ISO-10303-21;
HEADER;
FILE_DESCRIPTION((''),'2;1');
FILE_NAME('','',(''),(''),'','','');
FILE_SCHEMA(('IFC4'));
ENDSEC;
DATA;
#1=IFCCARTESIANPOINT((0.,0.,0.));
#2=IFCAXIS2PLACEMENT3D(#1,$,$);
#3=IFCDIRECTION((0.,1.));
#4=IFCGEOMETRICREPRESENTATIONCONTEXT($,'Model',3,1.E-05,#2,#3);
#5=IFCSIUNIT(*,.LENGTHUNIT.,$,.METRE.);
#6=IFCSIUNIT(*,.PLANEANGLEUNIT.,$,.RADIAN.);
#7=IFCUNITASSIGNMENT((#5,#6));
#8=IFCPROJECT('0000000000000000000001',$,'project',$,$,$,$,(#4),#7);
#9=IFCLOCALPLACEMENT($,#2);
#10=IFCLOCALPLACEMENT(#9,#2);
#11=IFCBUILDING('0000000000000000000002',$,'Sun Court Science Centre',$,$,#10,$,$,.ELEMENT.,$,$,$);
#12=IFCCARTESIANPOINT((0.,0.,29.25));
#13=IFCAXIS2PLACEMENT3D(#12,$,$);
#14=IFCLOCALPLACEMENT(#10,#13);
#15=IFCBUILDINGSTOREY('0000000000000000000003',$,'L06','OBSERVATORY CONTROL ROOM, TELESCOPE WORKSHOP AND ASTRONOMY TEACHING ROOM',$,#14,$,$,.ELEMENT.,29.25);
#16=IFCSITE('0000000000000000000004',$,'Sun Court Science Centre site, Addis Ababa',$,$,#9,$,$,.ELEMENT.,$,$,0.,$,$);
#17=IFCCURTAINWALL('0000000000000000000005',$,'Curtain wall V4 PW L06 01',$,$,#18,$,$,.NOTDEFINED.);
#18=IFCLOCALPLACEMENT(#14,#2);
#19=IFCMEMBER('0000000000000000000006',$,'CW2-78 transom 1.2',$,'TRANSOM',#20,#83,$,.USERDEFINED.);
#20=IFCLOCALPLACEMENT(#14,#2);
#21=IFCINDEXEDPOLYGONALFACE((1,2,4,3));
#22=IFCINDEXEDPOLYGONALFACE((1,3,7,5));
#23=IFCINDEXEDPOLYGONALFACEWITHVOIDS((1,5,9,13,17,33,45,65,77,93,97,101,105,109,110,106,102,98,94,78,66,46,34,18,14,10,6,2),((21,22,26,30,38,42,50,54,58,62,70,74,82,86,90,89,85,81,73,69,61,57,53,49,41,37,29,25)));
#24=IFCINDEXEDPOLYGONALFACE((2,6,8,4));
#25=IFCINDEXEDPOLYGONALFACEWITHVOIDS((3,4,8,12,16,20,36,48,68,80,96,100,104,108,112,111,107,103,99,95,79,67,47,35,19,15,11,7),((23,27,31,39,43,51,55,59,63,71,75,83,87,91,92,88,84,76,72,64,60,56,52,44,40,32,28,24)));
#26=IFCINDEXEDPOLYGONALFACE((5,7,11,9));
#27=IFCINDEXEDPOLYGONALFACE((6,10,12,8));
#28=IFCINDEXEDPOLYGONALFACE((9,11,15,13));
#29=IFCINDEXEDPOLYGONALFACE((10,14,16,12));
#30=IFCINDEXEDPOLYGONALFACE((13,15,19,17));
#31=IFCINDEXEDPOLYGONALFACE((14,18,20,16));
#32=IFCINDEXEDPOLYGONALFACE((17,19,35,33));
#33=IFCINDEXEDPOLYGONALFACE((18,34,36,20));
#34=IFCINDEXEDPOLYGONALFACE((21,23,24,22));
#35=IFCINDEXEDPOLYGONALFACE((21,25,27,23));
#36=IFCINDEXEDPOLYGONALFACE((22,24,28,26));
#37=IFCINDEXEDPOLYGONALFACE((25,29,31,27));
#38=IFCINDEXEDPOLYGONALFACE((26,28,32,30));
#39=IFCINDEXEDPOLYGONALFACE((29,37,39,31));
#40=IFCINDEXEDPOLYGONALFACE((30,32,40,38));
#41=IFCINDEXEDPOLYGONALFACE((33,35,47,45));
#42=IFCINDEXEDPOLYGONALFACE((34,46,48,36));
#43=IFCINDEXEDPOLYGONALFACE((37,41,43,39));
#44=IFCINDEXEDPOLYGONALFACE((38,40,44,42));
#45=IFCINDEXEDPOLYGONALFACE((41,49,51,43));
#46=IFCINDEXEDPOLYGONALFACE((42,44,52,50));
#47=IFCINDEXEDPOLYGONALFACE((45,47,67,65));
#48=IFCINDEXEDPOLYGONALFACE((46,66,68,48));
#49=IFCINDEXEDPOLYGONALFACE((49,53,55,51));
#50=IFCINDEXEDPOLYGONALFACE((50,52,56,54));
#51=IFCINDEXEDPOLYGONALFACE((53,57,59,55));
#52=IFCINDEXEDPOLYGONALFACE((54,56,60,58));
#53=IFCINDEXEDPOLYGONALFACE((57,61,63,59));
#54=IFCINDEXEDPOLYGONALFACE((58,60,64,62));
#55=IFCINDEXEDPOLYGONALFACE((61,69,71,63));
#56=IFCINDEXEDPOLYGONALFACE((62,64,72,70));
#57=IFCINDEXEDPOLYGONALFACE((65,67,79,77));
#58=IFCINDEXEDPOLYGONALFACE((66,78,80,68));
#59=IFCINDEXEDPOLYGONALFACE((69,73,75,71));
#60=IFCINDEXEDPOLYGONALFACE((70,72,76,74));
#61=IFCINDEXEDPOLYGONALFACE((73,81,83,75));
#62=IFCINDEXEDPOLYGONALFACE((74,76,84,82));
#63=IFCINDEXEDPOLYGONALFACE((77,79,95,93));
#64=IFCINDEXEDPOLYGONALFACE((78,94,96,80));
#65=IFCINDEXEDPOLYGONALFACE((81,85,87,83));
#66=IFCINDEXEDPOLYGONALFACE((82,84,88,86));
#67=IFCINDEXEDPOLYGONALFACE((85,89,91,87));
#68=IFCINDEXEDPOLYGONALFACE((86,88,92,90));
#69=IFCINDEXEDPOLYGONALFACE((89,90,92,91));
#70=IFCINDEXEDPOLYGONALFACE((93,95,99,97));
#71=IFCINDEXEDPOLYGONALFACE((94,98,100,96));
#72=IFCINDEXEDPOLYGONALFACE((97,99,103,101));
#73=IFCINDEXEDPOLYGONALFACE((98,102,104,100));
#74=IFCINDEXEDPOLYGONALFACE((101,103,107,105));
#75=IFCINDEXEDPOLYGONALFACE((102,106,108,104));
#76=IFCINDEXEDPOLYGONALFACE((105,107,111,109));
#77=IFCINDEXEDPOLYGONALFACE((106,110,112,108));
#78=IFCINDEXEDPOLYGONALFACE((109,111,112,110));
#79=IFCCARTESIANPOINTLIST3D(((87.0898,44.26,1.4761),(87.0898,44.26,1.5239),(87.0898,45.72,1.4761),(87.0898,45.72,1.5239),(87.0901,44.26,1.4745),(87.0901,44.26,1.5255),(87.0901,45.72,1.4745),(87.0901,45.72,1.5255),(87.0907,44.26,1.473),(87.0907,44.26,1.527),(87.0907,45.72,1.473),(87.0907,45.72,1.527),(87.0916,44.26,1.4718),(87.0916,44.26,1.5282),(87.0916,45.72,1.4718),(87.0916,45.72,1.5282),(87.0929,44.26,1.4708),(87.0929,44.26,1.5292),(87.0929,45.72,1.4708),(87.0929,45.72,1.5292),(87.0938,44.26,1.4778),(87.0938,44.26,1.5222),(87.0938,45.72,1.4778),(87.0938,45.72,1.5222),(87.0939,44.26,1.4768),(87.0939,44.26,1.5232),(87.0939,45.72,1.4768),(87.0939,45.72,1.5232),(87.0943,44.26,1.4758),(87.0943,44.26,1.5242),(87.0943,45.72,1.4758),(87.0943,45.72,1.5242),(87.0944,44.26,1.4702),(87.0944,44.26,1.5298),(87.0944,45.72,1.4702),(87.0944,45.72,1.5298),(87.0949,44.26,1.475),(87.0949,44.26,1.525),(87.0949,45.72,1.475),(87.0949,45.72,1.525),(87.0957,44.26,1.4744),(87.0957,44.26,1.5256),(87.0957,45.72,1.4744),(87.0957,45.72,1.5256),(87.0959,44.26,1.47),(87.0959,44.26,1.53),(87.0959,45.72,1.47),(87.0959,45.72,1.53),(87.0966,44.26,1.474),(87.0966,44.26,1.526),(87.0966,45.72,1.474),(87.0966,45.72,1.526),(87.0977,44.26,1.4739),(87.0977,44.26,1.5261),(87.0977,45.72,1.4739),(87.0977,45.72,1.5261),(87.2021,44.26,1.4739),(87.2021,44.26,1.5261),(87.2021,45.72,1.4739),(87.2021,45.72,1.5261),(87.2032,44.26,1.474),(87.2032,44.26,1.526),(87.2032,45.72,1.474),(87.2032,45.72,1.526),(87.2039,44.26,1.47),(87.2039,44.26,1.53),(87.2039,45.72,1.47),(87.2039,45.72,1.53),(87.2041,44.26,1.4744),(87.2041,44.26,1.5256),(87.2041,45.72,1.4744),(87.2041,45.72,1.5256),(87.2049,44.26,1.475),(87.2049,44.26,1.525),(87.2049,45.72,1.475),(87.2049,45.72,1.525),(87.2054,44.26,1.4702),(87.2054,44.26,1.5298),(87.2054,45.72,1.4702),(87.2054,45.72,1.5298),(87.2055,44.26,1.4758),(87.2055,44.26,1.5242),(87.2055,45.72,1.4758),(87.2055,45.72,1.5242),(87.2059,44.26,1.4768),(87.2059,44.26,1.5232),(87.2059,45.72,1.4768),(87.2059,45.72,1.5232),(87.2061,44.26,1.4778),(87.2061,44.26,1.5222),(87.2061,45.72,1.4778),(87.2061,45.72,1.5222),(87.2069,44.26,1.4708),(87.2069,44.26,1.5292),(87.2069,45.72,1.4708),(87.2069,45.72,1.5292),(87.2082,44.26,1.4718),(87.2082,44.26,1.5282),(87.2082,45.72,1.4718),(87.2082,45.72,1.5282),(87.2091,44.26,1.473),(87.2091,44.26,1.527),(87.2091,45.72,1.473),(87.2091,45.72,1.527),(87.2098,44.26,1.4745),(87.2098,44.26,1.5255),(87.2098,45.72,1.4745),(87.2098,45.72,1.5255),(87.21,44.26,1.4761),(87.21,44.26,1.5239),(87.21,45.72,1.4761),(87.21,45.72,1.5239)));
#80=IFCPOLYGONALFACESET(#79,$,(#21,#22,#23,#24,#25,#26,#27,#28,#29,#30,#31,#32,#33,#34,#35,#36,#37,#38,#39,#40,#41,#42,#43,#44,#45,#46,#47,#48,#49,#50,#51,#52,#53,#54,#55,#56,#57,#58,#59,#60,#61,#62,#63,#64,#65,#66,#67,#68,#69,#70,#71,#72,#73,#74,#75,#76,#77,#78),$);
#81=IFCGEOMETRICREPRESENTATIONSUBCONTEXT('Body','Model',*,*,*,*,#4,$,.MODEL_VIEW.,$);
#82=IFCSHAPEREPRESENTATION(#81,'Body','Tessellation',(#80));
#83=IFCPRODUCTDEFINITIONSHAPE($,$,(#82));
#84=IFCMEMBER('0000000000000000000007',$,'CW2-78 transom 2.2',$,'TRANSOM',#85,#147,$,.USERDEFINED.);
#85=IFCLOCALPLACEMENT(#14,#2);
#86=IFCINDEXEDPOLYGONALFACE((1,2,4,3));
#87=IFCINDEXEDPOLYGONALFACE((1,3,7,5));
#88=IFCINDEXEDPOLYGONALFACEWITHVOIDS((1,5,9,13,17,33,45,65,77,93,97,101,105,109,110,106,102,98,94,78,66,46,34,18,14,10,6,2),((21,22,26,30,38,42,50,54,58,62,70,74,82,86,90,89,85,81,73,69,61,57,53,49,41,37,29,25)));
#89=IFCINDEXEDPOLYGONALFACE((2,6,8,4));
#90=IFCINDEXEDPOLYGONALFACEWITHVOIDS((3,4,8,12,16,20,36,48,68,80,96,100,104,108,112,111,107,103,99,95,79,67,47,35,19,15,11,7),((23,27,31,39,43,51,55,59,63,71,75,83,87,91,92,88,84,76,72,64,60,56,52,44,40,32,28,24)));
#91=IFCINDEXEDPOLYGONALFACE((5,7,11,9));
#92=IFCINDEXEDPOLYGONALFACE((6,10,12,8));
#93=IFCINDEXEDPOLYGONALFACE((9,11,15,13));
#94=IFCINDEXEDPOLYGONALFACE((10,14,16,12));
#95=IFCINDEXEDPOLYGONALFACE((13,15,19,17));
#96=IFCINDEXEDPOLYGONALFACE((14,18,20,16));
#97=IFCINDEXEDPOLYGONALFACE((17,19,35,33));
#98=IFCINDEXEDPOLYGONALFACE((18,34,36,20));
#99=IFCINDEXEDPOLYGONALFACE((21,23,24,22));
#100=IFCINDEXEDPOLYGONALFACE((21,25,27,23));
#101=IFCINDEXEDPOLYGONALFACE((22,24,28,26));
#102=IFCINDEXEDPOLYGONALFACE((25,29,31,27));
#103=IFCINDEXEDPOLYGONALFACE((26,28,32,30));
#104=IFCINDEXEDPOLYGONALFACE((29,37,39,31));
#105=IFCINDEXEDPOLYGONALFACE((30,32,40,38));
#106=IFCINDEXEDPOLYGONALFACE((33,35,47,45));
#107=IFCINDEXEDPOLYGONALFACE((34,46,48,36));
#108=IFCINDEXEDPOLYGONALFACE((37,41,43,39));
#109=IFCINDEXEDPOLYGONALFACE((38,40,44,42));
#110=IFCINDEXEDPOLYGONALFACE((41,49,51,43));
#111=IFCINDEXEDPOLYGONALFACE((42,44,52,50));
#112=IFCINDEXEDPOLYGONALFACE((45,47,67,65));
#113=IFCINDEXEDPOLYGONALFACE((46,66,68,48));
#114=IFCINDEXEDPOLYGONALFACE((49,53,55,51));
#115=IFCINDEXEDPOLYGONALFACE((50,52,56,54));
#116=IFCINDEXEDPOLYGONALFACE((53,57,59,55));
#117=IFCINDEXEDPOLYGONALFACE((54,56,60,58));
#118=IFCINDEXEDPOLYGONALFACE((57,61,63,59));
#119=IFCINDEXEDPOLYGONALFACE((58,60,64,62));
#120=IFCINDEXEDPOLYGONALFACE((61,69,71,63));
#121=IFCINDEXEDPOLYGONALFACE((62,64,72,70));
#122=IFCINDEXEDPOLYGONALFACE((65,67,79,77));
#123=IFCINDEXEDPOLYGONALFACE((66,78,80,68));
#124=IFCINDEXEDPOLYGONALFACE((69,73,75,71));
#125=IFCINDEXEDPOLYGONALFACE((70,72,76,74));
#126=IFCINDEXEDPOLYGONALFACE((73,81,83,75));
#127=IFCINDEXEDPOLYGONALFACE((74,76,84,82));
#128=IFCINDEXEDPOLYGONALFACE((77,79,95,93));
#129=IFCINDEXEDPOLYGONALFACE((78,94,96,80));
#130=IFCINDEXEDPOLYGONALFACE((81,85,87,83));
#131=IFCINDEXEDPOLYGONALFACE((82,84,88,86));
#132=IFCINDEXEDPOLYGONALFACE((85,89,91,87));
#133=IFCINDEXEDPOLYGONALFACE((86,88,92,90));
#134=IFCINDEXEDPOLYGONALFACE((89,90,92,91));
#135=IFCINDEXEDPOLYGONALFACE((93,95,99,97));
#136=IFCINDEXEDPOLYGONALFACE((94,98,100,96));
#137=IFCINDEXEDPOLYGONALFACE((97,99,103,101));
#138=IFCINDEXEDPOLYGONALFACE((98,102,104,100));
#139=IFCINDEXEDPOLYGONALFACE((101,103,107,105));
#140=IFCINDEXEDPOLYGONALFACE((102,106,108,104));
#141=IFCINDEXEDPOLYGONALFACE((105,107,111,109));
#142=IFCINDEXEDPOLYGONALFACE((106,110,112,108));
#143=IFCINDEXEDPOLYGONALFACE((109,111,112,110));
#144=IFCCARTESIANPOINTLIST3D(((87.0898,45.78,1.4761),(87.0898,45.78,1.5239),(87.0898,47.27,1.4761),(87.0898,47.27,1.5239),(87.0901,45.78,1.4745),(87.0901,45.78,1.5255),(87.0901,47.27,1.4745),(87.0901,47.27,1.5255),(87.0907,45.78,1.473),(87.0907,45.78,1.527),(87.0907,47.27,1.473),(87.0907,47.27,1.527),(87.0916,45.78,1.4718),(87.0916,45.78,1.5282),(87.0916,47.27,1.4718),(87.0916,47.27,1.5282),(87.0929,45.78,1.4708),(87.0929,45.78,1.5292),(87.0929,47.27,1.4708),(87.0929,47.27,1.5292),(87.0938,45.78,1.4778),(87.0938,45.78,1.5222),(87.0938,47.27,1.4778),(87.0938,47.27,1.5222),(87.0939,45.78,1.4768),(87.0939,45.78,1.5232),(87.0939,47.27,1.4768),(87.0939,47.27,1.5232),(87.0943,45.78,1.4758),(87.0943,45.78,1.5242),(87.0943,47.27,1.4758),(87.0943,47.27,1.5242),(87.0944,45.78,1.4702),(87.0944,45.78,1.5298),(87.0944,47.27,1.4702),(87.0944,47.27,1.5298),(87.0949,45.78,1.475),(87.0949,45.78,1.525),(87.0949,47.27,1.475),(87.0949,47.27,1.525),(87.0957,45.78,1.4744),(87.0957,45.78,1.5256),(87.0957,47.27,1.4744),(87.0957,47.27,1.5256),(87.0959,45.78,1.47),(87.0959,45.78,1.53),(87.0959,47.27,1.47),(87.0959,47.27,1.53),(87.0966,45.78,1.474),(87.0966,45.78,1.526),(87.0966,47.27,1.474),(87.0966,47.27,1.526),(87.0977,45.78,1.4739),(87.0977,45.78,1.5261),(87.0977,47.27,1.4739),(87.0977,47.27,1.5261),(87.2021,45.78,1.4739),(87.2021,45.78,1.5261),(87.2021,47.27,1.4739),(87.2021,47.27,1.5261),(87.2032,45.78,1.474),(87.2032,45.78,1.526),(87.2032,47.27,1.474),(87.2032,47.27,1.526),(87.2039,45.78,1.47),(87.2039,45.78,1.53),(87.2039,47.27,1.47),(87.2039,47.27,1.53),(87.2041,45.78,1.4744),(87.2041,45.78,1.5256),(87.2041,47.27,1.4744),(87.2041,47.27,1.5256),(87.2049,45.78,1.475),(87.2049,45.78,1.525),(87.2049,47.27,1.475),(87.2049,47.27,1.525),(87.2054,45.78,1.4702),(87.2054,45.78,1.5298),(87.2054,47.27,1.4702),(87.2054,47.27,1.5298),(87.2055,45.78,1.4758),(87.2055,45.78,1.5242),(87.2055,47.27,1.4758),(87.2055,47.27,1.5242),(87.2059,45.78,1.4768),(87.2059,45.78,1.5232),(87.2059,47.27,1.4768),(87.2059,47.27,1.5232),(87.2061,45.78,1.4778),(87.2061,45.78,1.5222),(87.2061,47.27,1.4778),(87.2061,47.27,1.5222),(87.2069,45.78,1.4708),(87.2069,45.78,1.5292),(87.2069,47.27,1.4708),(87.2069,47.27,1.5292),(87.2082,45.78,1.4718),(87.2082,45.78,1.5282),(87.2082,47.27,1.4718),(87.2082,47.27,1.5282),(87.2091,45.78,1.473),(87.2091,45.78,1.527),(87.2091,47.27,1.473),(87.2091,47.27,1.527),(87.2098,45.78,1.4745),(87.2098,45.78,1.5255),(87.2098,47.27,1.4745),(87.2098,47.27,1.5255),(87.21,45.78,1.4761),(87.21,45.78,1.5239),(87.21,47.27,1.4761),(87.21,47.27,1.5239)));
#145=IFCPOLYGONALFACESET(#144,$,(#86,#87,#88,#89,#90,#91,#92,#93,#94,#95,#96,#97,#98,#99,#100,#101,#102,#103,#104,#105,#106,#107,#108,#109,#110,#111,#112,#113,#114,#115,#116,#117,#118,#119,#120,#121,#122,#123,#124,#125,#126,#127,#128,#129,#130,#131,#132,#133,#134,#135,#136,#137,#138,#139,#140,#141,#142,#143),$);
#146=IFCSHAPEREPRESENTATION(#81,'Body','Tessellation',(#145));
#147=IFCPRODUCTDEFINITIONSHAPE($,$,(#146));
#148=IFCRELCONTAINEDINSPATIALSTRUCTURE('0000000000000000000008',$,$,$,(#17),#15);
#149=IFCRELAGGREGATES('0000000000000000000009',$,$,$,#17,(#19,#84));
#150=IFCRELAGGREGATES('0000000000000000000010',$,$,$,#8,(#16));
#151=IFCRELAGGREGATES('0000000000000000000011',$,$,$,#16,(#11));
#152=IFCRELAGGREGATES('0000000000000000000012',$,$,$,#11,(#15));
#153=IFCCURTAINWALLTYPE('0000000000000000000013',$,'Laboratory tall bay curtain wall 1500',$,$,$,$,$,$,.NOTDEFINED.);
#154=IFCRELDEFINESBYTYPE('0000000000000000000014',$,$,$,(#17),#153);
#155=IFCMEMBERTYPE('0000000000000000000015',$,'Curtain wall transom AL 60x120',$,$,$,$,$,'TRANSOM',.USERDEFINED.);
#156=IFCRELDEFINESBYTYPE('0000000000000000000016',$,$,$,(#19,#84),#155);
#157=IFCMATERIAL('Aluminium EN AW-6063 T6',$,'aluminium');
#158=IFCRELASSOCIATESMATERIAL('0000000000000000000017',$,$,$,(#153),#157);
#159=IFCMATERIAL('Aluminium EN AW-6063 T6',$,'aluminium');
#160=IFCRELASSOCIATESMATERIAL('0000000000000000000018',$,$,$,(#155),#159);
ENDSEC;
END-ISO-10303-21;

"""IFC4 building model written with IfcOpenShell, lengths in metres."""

from ifc_helpers import new_model, si_unit, direction, frame, origin, origin_2d, place, context, subcontext, project, spatial, hollow_rectangle, extrude, material, material_profile, profile_set, type_object, element, aggregate, save


model = new_model("IFC4")

# Units and contexts
model_context = context("Model", 3, precision=1e-05, world=origin(), true_north=direction((0.0, 1.0)))
body_context = subcontext(model_context, "Body", "Model", "MODEL_VIEW")
ifc_project = project(units=[si_unit("LENGTHUNIT", "METRE"), si_unit("PLANEANGLEUNIT", "RADIAN")], contexts=[model_context])

# Site, building, storey
site_placement = place(None, origin())
site = spatial("IfcSite", under=ifc_project, at=site_placement, Name="Sun Court Science Centre site, Addis Ababa", CompositionType="ELEMENT", RefElevation=0.0)
building_placement = place(site_placement, origin())
building = spatial("IfcBuilding", under=site, at=building_placement, Name="Sun Court Science Centre", CompositionType="ELEMENT")
storey_placement = place(building_placement, frame((0.0, 0.0, 29.25)))
storey = spatial("IfcBuildingStorey", under=building, at=storey_placement, Name="L06", Description="OBSERVATORY CONTROL ROOM, TELESCOPE WORKSHOP AND ASTRONOMY TEACHING ROOM", CompositionType="ELEMENT", Elevation=29.25)

# Curtain wall, members
ifc_material_1 = material(Name="Aluminium EN AW-6063 T6", Category="aluminium")
curtain_wall_type = type_object("IfcCurtainWallType", Name="Laboratory tall bay curtain wall 1500", PredefinedType="NOTDEFINED", material=ifc_material_1)
curtain_wall_placement = place(storey_placement, origin())
curtain_wall = element("IfcCurtainWall", 1, at=curtain_wall_placement, inside=storey, type_object=curtain_wall_type, Name="Curtain wall V4 PW L06 01", PredefinedType="NOTDEFINED")
ifc_material_2 = material(Name="Aluminium EN AW-6063 T6", Category="aluminium")
ifc_material_profile_1 = material_profile(ifc_material_2, hollow_rectangle(XDim=0.0601, YDim=0.1201, WallThickness=0.0039, InnerFilletRadius=0.0039, OuterFilletRadius=0.0061, at=origin_2d()), Name="AL 60x120x4")
ifc_profile_set_1 = profile_set([ifc_material_profile_1], Name="Aluminium EN AW-6063 T6")
member_type_1 = type_object("IfcMemberType", Name="Curtain wall transom AL 60x120", ElementType="TRANSOM", PredefinedType="USERDEFINED", material=ifc_profile_set_1)
member_1_placement = place(storey_placement, frame((87.1499, 44.26, 1.5), z_axis=(0.0, 1.0, 0.0), x_axis=(0.0, 0.0, 1.0)))
member_1 = element("IfcMember", 2, at=member_1_placement, type_object=member_type_1, Name="CW2-78 transom 1.2", ObjectType="TRANSOM", PredefinedType="USERDEFINED", context=body_context, shape_type="SweptSolid", body=[
    extrude(hollow_rectangle(XDim=0.0601, YDim=0.1201, WallThickness=0.0039, InnerFilletRadius=0.0039, OuterFilletRadius=0.0061, at=origin_2d()), origin(), (0.0, 0.0, 1.0), 1.46),
])
member_2_placement = place(storey_placement, frame((87.1499, 45.78, 1.5), z_axis=(0.0, 1.0, 0.0), x_axis=(0.0, 0.0, 1.0)))
member_2 = element("IfcMember", 3, at=member_2_placement, type_object=member_type_1, Name="CW2-78 transom 2.2", ObjectType="TRANSOM", PredefinedType="USERDEFINED", context=body_context, shape_type="SweptSolid", body=[
    extrude(hollow_rectangle(XDim=0.0601, YDim=0.1201, WallThickness=0.0039, InnerFilletRadius=0.0039, OuterFilletRadius=0.0061, at=origin_2d()), origin(), (0.0, 0.0, 1.0), 1.49),
])

aggregate(curtain_wall, [member_1, member_2])

save(model, "model.ifc")
